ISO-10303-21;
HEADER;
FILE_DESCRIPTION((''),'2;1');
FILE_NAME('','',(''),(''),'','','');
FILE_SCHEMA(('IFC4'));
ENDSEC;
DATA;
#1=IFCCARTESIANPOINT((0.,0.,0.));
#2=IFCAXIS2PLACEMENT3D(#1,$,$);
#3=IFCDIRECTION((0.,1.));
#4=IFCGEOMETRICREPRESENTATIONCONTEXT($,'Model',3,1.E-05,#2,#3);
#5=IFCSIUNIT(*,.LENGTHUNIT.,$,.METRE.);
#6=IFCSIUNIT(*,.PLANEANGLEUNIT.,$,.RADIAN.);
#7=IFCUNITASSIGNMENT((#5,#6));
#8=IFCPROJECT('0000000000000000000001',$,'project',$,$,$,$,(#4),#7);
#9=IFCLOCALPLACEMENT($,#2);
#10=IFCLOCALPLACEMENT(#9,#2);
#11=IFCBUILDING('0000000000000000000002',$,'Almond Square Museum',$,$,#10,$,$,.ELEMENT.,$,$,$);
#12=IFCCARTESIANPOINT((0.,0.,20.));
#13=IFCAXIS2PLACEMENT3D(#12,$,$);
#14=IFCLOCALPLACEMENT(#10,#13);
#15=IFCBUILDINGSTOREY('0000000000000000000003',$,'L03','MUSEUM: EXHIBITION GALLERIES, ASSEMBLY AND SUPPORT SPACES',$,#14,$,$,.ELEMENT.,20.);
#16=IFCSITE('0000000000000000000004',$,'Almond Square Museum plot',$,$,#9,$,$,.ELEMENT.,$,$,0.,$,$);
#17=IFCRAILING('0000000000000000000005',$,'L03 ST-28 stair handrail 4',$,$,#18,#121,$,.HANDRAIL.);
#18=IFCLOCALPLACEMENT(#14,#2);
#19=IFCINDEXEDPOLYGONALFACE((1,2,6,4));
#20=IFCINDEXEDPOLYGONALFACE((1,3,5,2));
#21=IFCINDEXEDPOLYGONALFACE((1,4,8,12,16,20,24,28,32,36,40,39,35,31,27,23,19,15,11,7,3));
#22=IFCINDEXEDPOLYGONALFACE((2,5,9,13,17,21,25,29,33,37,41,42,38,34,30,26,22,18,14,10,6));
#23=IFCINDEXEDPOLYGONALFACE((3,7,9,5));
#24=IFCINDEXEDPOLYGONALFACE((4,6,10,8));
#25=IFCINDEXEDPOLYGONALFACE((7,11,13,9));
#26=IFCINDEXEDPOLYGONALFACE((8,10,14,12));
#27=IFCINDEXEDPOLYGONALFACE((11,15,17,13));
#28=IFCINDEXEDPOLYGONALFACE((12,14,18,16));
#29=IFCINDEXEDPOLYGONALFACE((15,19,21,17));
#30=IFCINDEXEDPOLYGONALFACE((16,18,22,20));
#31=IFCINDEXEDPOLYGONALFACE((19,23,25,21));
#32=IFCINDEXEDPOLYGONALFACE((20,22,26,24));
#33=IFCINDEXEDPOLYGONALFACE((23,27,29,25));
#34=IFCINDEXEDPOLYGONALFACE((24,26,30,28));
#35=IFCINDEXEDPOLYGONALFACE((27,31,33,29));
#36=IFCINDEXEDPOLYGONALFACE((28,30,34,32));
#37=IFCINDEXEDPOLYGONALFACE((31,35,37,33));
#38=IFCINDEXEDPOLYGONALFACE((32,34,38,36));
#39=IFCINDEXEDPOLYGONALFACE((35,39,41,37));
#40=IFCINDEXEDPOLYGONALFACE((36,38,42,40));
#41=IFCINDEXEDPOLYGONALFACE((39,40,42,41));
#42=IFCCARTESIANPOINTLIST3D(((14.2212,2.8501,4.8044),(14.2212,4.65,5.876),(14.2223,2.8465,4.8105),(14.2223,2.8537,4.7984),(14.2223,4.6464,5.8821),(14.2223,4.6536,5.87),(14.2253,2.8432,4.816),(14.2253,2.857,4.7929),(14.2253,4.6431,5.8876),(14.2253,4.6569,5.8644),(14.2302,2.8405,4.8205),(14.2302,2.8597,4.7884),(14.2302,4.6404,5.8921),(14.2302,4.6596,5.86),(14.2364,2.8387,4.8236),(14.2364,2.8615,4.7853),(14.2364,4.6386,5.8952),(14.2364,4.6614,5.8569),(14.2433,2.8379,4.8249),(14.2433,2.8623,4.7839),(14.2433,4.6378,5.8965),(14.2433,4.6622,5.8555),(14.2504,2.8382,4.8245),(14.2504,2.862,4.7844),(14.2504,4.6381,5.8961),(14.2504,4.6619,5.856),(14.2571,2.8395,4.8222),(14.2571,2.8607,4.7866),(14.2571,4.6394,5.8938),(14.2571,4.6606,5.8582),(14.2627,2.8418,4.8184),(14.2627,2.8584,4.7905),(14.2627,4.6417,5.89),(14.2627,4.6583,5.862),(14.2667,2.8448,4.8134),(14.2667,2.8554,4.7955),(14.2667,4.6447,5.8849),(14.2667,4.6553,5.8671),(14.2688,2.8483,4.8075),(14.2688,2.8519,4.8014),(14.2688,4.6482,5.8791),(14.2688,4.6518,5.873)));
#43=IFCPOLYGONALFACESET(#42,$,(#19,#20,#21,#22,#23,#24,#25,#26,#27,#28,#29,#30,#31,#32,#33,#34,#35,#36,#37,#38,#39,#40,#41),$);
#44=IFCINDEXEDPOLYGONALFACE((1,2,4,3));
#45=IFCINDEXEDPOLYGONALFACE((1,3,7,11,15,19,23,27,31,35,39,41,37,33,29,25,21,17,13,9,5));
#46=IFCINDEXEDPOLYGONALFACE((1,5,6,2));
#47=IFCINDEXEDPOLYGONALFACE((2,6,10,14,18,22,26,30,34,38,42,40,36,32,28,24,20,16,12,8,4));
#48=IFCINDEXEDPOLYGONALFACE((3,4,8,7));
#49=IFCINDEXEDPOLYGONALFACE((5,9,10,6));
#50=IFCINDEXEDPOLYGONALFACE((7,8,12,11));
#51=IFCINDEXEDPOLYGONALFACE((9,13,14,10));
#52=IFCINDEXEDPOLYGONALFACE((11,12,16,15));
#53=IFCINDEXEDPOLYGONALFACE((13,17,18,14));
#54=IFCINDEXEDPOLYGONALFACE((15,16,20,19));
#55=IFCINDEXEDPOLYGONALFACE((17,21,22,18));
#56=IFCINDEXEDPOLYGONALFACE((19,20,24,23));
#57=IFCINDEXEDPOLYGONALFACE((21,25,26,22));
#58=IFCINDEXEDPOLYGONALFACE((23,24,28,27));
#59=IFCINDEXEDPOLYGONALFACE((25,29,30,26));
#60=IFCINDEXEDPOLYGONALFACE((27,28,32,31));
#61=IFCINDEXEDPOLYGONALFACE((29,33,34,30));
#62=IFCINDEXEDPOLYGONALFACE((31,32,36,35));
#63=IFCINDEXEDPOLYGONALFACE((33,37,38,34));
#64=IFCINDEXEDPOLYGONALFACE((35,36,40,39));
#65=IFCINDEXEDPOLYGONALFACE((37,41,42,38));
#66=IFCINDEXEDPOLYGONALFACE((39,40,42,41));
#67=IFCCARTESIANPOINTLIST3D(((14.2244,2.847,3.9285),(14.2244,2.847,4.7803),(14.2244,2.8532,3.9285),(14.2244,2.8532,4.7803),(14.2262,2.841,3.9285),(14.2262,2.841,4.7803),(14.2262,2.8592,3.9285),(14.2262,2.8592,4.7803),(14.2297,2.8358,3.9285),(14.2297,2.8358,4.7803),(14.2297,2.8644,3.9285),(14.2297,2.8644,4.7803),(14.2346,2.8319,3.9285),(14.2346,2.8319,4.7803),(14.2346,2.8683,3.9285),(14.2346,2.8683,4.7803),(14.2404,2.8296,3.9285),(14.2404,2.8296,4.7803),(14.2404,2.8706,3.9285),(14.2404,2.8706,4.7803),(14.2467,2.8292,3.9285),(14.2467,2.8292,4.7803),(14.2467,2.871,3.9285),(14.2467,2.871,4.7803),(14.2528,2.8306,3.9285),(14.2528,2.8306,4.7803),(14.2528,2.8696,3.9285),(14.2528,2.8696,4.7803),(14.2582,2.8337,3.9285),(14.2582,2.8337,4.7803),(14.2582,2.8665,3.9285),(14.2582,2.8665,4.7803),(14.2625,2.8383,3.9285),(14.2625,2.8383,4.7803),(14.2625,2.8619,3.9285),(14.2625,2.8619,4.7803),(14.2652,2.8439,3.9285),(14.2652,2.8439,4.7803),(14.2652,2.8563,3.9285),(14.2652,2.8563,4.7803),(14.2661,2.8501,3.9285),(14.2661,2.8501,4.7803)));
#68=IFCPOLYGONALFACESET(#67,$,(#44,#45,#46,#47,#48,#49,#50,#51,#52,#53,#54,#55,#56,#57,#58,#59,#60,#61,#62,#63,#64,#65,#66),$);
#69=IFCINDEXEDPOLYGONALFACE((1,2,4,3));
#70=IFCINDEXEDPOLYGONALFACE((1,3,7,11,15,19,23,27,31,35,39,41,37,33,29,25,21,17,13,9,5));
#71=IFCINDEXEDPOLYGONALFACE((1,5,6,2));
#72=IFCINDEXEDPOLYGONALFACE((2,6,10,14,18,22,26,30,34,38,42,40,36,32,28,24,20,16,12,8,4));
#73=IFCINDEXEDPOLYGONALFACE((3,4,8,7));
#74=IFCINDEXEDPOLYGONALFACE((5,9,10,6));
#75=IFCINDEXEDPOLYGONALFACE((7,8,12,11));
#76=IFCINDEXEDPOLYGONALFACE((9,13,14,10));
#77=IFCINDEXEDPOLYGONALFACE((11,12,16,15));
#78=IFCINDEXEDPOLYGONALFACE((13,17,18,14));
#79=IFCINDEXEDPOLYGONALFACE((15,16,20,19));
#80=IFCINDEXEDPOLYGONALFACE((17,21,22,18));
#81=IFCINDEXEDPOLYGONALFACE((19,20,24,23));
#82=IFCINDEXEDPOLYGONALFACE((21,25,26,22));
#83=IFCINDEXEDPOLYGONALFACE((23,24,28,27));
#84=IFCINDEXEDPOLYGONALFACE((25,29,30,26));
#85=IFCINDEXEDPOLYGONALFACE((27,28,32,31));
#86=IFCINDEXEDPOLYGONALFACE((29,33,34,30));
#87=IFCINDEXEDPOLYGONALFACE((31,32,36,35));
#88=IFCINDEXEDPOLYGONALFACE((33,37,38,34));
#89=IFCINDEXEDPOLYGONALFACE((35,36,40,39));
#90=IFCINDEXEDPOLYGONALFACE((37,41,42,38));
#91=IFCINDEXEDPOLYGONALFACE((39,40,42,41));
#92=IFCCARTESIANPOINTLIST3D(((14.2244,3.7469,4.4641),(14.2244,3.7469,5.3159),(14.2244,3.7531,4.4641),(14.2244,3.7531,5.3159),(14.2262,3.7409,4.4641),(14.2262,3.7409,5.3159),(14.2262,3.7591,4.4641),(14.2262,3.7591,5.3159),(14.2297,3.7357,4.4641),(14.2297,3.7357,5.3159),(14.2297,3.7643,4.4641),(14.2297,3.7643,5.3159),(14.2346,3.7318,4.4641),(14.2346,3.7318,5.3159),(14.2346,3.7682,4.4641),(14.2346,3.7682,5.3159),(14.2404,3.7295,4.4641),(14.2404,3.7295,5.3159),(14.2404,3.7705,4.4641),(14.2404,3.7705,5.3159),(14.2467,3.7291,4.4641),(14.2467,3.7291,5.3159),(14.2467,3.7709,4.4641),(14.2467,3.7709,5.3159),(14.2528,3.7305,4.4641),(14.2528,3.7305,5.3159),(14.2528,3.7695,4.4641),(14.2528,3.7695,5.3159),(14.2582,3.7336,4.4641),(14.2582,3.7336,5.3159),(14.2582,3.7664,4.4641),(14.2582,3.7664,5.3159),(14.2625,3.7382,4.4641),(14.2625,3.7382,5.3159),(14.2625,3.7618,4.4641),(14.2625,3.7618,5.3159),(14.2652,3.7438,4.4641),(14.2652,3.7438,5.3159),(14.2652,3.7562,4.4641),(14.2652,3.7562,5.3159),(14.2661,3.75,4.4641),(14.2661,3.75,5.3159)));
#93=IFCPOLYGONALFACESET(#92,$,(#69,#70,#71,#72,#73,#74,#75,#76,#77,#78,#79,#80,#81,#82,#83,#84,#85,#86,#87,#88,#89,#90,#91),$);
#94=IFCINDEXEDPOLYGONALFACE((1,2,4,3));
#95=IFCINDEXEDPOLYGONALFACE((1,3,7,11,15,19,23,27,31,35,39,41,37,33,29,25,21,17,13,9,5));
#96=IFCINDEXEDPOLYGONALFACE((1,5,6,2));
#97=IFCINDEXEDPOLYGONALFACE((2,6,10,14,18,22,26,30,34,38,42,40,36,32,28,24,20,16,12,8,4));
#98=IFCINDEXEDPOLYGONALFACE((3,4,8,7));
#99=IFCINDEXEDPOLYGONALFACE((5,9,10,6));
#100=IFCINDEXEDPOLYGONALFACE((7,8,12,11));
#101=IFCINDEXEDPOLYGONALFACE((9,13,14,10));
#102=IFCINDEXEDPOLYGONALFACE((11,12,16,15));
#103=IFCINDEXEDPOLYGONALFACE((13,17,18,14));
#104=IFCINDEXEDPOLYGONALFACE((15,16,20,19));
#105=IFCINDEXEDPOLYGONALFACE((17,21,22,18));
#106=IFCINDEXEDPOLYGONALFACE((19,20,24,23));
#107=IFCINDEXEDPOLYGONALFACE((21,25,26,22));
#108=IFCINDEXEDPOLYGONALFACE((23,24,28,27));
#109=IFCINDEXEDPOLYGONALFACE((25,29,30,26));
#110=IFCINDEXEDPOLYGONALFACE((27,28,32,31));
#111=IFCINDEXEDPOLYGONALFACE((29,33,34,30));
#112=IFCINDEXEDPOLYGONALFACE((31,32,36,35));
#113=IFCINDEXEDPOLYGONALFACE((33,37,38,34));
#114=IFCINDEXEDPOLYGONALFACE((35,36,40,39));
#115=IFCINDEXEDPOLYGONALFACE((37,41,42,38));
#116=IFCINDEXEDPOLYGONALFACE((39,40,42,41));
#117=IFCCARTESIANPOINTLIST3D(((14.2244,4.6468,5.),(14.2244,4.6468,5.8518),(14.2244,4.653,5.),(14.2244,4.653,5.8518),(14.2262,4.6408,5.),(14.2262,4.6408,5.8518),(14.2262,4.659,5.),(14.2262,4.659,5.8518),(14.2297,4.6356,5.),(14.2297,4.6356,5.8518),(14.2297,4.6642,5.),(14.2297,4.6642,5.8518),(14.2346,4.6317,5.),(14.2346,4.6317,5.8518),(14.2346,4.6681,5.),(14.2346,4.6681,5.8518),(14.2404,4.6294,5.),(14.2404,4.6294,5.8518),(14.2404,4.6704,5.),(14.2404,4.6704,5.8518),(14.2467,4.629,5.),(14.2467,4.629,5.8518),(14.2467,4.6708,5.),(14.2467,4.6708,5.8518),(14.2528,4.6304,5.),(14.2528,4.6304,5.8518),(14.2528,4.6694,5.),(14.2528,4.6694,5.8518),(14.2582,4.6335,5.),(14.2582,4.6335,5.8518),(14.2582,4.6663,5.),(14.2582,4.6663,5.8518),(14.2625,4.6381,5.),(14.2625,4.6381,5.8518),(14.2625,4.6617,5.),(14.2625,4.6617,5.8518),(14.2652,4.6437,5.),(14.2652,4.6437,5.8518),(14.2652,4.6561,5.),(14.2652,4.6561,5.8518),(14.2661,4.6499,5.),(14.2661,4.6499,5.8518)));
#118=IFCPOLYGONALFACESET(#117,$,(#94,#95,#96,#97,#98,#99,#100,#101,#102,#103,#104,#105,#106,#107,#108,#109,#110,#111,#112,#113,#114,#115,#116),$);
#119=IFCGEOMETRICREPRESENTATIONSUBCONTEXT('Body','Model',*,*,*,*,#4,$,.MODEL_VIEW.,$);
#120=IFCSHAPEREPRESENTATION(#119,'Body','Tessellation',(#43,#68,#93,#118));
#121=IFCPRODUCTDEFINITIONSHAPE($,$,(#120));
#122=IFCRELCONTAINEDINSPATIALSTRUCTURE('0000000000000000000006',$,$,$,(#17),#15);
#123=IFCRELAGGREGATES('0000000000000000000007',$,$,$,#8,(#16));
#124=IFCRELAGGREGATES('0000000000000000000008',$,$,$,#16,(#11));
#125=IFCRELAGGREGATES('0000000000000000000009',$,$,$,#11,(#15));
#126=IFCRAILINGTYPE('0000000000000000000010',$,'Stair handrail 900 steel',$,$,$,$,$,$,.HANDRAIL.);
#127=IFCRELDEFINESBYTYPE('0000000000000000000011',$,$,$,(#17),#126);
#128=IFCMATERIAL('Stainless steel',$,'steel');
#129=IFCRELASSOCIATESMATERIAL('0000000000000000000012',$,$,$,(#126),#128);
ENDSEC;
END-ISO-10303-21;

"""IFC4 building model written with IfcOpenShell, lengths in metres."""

from ifc_helpers import new_model, si_unit, direction, frame, origin, origin_2d, place, context, subcontext, project, spatial, circle, extrude, material, type_object, element, save


model = new_model("IFC4")

# Units and contexts
model_context = context("Model", 3, precision=1e-05, world=origin(), true_north=direction((0.0, 1.0)))
body_context = subcontext(model_context, "Body", "Model", "MODEL_VIEW")
ifc_project = project(units=[si_unit("LENGTHUNIT", "METRE"), si_unit("PLANEANGLEUNIT", "RADIAN")], contexts=[model_context])

# Site, building, storey
site_placement = place(None, origin())
site = spatial("IfcSite", under=ifc_project, at=site_placement, Name="Almond Square Museum plot", CompositionType="ELEMENT", RefElevation=0.0)
building_placement = place(site_placement, origin())
building = spatial("IfcBuilding", under=site, at=building_placement, Name="Almond Square Museum", CompositionType="ELEMENT")
storey_placement = place(building_placement, frame((0.0, 0.0, 20.0)))
storey = spatial("IfcBuildingStorey", under=building, at=storey_placement, Name="L03", Description="MUSEUM: EXHIBITION GALLERIES, ASSEMBLY AND SUPPORT SPACES", CompositionType="ELEMENT", Elevation=20.0)

# Railing
ifc_material_1 = material(Name="Stainless steel", Category="steel")
railing_type_1 = type_object("IfcRailingType", Name="Stair handrail 900 steel", PredefinedType="HANDRAIL", material=ifc_material_1)
railing_1_placement = place(storey_placement, frame((14.2451, 2.8501, 3.9285)))
element("IfcRailing", 1, at=railing_1_placement, inside=storey, type_object=railing_type_1, Name="L03 ST-28 stair handrail 4", PredefinedType="HANDRAIL", context=body_context, shape_type="SweptSolid", body=[
    extrude(circle(Radius=0.0239, at=origin_2d()), frame((0.0, 0.0, 0.876), z_axis=(0.0, 0.859247, 0.511562), x_axis=(-1.0, 0.0, 0.0)), (0.0, 0.0, 1.0), 2.0947),
    extrude(circle(Radius=0.021, at=origin_2d()), origin(), (0.0, 0.0, 1.0), 0.8518),
    extrude(circle(Radius=0.021, at=origin_2d()), frame((0.0, 0.8999, 0.5356)), (0.0, 0.0, 1.0), 0.8518),
    extrude(circle(Radius=0.021, at=origin_2d()), frame((0.0, 1.7998, 1.0715)), (0.0, 0.0, 1.0), 0.8518),
])

save(model, "model.ifc")
